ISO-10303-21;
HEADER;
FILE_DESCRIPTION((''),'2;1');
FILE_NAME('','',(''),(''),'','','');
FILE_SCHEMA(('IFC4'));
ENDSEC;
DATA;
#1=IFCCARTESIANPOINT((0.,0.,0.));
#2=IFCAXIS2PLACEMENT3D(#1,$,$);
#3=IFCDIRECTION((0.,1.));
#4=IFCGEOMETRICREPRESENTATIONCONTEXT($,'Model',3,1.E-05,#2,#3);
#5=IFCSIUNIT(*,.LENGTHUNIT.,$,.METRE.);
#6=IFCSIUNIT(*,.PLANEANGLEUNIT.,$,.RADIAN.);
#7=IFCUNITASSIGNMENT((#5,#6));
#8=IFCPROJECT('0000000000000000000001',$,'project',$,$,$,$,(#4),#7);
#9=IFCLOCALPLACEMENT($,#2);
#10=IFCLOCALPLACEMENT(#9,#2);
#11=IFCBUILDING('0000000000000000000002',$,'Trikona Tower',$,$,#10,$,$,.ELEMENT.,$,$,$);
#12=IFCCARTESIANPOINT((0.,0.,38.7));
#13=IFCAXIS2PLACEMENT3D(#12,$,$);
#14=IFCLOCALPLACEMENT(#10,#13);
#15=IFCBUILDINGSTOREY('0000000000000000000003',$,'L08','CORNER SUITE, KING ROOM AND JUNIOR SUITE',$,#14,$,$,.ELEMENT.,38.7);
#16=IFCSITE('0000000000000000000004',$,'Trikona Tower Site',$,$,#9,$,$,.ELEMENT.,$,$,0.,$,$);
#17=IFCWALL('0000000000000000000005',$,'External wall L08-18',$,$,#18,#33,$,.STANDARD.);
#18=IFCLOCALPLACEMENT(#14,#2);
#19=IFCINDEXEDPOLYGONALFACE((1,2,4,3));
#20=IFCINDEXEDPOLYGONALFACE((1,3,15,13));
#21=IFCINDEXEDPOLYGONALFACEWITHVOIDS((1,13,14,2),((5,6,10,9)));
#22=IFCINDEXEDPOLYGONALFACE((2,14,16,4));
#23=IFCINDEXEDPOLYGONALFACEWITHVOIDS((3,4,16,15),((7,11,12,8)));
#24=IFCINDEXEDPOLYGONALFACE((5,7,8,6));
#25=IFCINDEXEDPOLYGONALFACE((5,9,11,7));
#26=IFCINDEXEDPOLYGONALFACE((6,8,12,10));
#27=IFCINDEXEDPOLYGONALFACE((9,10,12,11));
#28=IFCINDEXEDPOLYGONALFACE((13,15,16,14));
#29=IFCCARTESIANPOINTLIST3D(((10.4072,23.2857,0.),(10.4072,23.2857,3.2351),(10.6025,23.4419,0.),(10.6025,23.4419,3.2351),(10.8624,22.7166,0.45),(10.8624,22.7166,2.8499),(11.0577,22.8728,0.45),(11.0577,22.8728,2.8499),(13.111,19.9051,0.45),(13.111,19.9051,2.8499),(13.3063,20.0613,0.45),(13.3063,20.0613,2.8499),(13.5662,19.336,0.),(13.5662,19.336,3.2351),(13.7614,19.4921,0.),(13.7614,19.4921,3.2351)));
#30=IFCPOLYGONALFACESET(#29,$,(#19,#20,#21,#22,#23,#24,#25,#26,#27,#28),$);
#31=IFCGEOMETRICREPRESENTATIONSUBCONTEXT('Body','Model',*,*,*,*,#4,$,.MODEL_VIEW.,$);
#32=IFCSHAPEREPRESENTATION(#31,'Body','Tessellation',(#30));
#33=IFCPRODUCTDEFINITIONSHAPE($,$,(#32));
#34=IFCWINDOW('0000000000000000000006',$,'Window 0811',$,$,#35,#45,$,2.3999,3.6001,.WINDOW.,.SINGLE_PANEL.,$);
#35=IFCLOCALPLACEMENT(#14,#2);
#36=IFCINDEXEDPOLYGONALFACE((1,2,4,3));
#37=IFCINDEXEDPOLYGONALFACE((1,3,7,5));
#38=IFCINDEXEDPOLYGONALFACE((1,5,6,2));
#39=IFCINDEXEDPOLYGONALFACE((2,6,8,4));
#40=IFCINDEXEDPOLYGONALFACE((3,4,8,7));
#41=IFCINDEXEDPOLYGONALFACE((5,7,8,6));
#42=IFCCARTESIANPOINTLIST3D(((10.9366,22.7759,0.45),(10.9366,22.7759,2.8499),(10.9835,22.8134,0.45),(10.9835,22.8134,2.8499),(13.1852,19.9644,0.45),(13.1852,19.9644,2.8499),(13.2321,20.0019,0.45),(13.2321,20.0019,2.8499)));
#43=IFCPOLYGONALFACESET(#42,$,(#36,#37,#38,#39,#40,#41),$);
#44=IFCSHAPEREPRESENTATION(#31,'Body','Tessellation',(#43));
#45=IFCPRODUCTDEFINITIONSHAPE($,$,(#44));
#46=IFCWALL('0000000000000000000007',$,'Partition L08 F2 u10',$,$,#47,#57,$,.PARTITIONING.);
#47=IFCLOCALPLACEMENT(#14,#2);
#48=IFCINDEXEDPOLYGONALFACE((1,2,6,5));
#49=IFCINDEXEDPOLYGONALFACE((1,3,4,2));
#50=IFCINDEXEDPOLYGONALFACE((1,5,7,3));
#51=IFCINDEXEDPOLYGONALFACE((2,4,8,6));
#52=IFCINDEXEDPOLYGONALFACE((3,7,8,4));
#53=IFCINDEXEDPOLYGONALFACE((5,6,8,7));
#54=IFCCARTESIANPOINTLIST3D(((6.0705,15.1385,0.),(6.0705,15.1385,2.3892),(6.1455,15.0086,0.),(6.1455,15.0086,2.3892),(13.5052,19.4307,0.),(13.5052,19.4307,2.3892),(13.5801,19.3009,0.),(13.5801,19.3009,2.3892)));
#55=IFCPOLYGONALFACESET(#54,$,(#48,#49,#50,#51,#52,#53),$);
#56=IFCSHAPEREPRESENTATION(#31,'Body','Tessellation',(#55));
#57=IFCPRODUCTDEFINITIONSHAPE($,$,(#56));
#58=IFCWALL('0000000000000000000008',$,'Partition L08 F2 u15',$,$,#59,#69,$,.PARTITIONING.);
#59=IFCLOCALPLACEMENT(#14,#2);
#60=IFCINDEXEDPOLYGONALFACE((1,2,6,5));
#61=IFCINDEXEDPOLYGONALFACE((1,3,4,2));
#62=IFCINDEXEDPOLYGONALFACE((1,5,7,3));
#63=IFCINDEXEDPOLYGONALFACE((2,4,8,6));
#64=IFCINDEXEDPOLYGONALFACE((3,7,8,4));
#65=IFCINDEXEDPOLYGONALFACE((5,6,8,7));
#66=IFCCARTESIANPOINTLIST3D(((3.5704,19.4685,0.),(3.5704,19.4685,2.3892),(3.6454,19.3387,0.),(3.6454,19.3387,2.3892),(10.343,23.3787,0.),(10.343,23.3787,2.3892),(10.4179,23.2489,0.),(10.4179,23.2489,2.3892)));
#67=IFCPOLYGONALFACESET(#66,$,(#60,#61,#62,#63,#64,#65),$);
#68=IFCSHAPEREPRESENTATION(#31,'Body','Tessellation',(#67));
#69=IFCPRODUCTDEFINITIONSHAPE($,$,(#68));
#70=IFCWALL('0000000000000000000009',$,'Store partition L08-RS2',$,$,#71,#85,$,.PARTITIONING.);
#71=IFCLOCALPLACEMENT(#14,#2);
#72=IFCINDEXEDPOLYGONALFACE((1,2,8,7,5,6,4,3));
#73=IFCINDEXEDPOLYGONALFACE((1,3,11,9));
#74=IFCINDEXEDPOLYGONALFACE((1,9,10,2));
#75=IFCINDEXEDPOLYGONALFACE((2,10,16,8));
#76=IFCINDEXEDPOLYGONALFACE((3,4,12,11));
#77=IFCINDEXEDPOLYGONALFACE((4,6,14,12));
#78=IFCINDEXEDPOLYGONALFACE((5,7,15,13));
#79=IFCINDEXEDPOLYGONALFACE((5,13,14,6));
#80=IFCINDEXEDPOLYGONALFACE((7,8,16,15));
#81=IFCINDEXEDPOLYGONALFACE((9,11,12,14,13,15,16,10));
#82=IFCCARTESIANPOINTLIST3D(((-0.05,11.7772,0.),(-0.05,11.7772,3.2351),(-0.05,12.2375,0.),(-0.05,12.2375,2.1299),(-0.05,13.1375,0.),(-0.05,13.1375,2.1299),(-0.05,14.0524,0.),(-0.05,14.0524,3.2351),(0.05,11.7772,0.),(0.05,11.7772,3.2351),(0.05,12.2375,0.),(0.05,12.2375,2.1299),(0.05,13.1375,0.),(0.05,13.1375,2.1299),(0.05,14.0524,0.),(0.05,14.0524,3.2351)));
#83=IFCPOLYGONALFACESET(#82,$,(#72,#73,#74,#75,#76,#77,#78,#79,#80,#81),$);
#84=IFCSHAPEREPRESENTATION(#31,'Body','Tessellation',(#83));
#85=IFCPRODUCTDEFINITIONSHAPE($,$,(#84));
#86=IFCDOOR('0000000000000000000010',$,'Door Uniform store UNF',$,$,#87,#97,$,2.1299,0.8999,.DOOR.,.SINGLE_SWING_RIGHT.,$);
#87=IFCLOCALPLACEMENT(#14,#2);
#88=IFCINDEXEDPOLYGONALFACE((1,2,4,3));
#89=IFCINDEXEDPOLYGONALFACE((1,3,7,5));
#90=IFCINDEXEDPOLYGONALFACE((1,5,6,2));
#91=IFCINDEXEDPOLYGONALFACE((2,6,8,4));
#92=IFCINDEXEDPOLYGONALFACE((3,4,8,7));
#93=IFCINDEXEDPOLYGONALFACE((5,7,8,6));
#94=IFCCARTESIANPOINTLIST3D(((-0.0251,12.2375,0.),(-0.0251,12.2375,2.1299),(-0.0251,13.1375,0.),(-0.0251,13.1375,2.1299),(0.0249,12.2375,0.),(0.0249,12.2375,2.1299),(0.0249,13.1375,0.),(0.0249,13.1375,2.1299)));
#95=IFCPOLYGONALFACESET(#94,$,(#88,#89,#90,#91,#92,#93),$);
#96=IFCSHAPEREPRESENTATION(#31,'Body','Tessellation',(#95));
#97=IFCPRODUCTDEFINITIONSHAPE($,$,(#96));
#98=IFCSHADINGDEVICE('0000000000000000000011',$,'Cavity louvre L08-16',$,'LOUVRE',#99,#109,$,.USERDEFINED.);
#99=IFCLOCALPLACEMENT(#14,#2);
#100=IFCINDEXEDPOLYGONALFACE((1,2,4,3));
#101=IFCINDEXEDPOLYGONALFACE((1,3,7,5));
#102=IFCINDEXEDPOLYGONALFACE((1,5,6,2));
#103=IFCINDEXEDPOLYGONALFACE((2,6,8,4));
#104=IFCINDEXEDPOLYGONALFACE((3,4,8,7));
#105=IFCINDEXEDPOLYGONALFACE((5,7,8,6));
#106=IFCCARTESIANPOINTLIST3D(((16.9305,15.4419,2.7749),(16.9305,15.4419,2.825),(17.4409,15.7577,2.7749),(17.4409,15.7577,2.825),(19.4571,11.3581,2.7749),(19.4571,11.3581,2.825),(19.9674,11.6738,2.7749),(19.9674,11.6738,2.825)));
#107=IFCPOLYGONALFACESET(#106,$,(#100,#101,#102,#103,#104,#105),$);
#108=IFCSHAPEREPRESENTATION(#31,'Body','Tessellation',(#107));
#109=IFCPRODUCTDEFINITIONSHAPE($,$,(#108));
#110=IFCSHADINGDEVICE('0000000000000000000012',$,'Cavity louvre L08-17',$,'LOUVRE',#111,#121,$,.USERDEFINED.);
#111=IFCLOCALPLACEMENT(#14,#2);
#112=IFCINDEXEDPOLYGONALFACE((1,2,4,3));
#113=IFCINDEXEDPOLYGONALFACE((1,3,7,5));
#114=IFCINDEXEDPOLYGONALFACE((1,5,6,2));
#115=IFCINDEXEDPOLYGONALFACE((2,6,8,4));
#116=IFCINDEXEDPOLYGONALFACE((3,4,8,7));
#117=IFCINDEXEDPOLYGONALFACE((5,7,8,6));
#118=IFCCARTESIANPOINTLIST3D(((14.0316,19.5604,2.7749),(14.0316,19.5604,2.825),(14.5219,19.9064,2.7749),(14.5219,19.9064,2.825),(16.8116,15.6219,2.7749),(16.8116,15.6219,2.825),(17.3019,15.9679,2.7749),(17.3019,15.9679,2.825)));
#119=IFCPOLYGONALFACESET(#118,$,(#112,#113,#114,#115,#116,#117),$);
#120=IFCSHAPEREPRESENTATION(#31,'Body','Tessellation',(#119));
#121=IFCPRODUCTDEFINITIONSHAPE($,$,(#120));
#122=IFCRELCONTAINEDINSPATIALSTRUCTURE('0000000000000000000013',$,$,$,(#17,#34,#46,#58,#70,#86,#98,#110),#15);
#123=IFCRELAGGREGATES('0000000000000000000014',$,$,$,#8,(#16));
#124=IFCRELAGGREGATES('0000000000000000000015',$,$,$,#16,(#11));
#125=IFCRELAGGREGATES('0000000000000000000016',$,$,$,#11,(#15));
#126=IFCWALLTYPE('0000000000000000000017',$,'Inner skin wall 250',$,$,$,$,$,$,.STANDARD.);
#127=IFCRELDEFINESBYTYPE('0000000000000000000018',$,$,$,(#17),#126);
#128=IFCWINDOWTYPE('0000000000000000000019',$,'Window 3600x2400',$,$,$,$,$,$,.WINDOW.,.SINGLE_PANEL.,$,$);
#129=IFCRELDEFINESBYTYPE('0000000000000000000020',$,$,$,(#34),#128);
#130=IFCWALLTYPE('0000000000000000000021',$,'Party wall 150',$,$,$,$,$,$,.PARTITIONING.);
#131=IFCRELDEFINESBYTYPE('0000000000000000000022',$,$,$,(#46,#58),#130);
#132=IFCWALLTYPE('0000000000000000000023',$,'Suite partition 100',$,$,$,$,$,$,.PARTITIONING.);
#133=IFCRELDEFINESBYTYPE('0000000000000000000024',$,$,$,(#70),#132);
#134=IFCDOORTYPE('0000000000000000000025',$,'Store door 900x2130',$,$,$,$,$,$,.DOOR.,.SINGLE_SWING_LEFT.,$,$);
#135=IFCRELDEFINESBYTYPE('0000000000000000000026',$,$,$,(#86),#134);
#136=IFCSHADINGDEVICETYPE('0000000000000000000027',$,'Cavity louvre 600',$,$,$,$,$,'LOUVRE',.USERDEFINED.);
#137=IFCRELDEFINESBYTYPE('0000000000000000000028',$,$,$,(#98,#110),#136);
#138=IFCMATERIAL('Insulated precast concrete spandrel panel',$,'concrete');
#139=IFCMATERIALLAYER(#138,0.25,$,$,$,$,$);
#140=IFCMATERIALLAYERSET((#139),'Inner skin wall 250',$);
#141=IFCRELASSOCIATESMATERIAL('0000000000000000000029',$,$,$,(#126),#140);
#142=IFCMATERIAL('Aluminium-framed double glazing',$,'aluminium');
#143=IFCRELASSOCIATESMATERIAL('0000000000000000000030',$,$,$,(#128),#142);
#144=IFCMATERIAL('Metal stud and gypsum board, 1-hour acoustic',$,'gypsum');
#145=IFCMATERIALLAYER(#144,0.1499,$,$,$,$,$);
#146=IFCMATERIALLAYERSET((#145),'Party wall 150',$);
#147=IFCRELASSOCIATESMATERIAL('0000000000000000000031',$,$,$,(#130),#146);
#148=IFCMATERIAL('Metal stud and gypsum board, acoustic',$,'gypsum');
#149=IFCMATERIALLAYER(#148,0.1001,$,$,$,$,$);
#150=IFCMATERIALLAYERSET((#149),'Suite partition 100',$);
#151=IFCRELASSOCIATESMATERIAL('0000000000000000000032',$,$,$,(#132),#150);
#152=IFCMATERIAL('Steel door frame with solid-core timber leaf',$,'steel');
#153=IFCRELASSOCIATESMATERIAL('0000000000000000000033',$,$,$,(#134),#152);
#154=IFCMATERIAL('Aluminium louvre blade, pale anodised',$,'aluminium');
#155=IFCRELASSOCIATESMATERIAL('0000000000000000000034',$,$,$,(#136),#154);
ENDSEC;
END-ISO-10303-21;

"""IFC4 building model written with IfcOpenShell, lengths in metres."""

from ifc_helpers import new_model, si_unit, direction, frame, frame_2d, origin, origin_2d, place, context, subcontext, project, spatial, rectangle, extrude, material, layer, layer_set, type_object, element, fill, save


model = new_model("IFC4")

# Units and contexts
model_context = context("Model", 3, precision=1e-05, world=origin(), true_north=direction((0.0, 1.0)))
body_context = subcontext(model_context, "Body", "Model", "MODEL_VIEW")
ifc_project = project(units=[si_unit("LENGTHUNIT", "METRE"), si_unit("PLANEANGLEUNIT", "RADIAN")], contexts=[model_context])

# Site, building, storey
site_placement = place(None, origin())
site = spatial("IfcSite", under=ifc_project, at=site_placement, Name="Trikona Tower Site", CompositionType="ELEMENT", RefElevation=0.0)
building_placement = place(site_placement, origin())
building = spatial("IfcBuilding", under=site, at=building_placement, Name="Trikona Tower", CompositionType="ELEMENT")
storey_placement = place(building_placement, frame((0.0, 0.0, 38.7)))
storey = spatial("IfcBuildingStorey", under=building, at=storey_placement, Name="L08", Description="CORNER SUITE, KING ROOM AND JUNIOR SUITE", CompositionType="ELEMENT", Elevation=38.7)

# Wall, opening, window
ifc_material_1 = material(Name="Insulated precast concrete spandrel panel", Category="concrete")
ifc_layer_1 = layer(ifc_material_1, 0.25)
ifc_layer_set_1 = layer_set([ifc_layer_1], Name="Inner skin wall 250")
wall_type_1 = type_object("IfcWallType", Name="Inner skin wall 250", PredefinedType="STANDARD", material=ifc_layer_set_1)
ifc_material_2 = material(Name="Aluminium-framed double glazing", Category="aluminium")
window_type = type_object("IfcWindowType", Name="Window 3600x2400", PartitioningType="SINGLE_PANEL", PredefinedType="WINDOW", material=ifc_material_2)
wall_1_placement = place(storey_placement, frame((13.6638, 19.4141, 0.0), z_axis=(0.0, 0.0, 1.0), x_axis=(-0.624595, 0.780949, 0.0)))
wall_1 = element("IfcWall", 1, at=wall_1_placement, inside=storey, type_object=wall_type_1, Name="External wall L08-18", PredefinedType="STANDARD", context=body_context, shape_type="SweptSolid", body=[
    extrude(rectangle(XDim=5.0576, YDim=0.25, at=frame_2d((2.5288, 0.0))), origin(), (0.0, 0.0, 1.0), 3.2351),
])
opening_1_placement = place(wall_1_placement, frame((0.7288, 0.0, 0.45)))
opening_1 = element("IfcOpeningElement", 2, at=opening_1_placement, cuts=wall_1, PredefinedType="OPENING", context=body_context, shape_type="SweptSolid", body=[
    extrude(rectangle(XDim=3.6001, YDim=2.3999, at=frame_2d((1.8, 1.2))), frame((0.0, 0.135, 0.0), z_axis=(0.0, -1.0, 0.0), x_axis=(1.0, 0.0, 0.0)), (0.0, 0.0, 1.0), 0.27),
])
window_1_placement = place(opening_1_placement, origin())
window_1 = element("IfcWindow", 3, at=window_1_placement, inside=storey, type_object=window_type, Name="Window 0811", OverallHeight=2.3999, OverallWidth=3.6001, PartitioningType="SINGLE_PANEL", PredefinedType="WINDOW", context=body_context, shape_type="SweptSolid", body=[
    extrude(rectangle(XDim=3.6001, YDim=2.3999, at=frame_2d((1.8, 1.2))), frame((0.0, 0.03, 0.0), z_axis=(0.0, -1.0, 0.0), x_axis=(1.0, 0.0, 0.0)), (0.0, 0.0, 1.0), 0.0601),
])
fill(opening_1, window_1)

# Walls
ifc_material_3 = material(Name="Metal stud and gypsum board, 1-hour acoustic", Category="gypsum")
ifc_layer_2 = layer(ifc_material_3, 0.1499)
ifc_layer_set_2 = layer_set([ifc_layer_2], Name="Party wall 150")
wall_type_2 = type_object("IfcWallType", Name="Party wall 150", PredefinedType="PARTITIONING", material=ifc_layer_set_2)
wall_2_placement = place(storey_placement, frame((6.1079, 15.0735, 0.0), z_axis=(0.0, 0.0, 1.0), x_axis=(0.866031, 0.49999, 0.0)))
element("IfcWall", 4, at=wall_2_placement, inside=storey, type_object=wall_type_2, Name="Partition L08 F2 u10", PredefinedType="PARTITIONING", context=body_context, shape_type="SweptSolid", body=[
    extrude(rectangle(XDim=8.5847, YDim=0.1499, at=frame_2d((4.2925, 0.0))), origin(), (0.0, 0.0, 1.0), 2.3892),
])
wall_3_placement = place(storey_placement, frame((3.6079, 19.4036, 0.0), z_axis=(0.0, 0.0, 1.0), x_axis=(0.866021, 0.500007, 0.0)))
element("IfcWall", 5, at=wall_3_placement, inside=storey, type_object=wall_type_2, Name="Partition L08 F2 u15", PredefinedType="PARTITIONING", context=body_context, shape_type="SweptSolid", body=[
    extrude(rectangle(XDim=7.8203, YDim=0.1499, at=frame_2d((3.9102, 0.0))), origin(), (0.0, 0.0, 1.0), 2.3892),
])

# Wall, opening, door
ifc_material_4 = material(Name="Metal stud and gypsum board, acoustic", Category="gypsum")
ifc_layer_3 = layer(ifc_material_4, 0.1001)
ifc_layer_set_3 = layer_set([ifc_layer_3], Name="Suite partition 100")
wall_type_3 = type_object("IfcWallType", Name="Suite partition 100", PredefinedType="PARTITIONING", material=ifc_layer_set_3)
wall_4_placement = place(storey_placement, frame((0.0, 14.0525, 0.0), z_axis=(0.0, 0.0, 1.0), x_axis=(0.0, -1.0, 0.0)))
wall_4 = element("IfcWall", 6, at=wall_4_placement, inside=storey, type_object=wall_type_3, Name="Store partition L08-RS2", PredefinedType="PARTITIONING", context=body_context, shape_type="SweptSolid", body=[
    extrude(rectangle(XDim=2.2751, YDim=0.1001, at=frame_2d((1.1377, 0.0))), origin(), (0.0, 0.0, 1.0), 3.2351),
])
opening_2_placement = place(wall_4_placement, frame((0.915, 0.0, 0.0)))
opening_2 = element("IfcOpeningElement", 7, at=opening_2_placement, cuts=wall_4, PredefinedType="OPENING", context=body_context, shape_type="SweptSolid", body=[
    extrude(rectangle(XDim=0.8999, YDim=2.1299, at=frame_2d((0.45, 1.0649))), frame((0.0, 0.0601, 0.0), z_axis=(0.0, -1.0, 0.0), x_axis=(1.0, 0.0, 0.0)), (0.0, 0.0, 1.0), 0.1201),
])
ifc_material_5 = material(Name="Steel door frame with solid-core timber leaf", Category="steel")
door_type_1 = type_object("IfcDoorType", Name="Store door 900x2130", OperationType="SINGLE_SWING_LEFT", PredefinedType="DOOR", material=ifc_material_5)
door_1_placement = place(opening_2_placement, origin())
door_1 = element("IfcDoor", 8, at=door_1_placement, inside=storey, type_object=door_type_1, Name="Door Uniform store UNF", OperationType="SINGLE_SWING_RIGHT", OverallHeight=2.1299, OverallWidth=0.8999, PredefinedType="DOOR", context=body_context, shape_type="SweptSolid", body=[
    extrude(rectangle(XDim=0.8999, YDim=2.1299, at=frame_2d((0.45, 1.0649))), frame((0.0, 0.0249, 0.0), z_axis=(0.0, -1.0, 0.0), x_axis=(1.0, 0.0, 0.0)), (0.0, 0.0, 1.0), 0.05),
])
fill(opening_2, door_1)

# Shading devices
ifc_material_6 = material(Name="Aluminium louvre blade, pale anodised", Category="aluminium")
shading_device_type = type_object("IfcShadingDeviceType", Name="Cavity louvre 600", ElementType="LOUVRE", PredefinedType="USERDEFINED", material=ifc_material_6)
shading_device_1_placement = place(storey_placement, frame((18.449, 13.5579, 2.7749), z_axis=(0.0, 0.0, 1.0), x_axis=(-0.526119, 0.850411, 0.0)))
element("IfcShadingDevice", 9, at=shading_device_1_placement, inside=storey, type_object=shading_device_type, Name="Cavity louvre L08-16", ObjectType="LOUVRE", PredefinedType="USERDEFINED", context=body_context, shape_type="SweptSolid", body=[
    extrude(rectangle(XDim=4.8022, YDim=0.6001, at=origin_2d()), origin(), (0.0, 0.0, 1.0), 0.05),
])
shading_device_2_placement = place(storey_placement, frame((15.6667, 17.7642, 2.7749), z_axis=(0.0, 0.0, 1.0), x_axis=(-0.576662, 0.816983, 0.0)))
element("IfcShadingDevice", 10, at=shading_device_2_placement, inside=storey, type_object=shading_device_type, Name="Cavity louvre L08-17", ObjectType="LOUVRE", PredefinedType="USERDEFINED", context=body_context, shape_type="SweptSolid", body=[
    extrude(rectangle(XDim=4.8208, YDim=0.6001, at=origin_2d()), origin(), (0.0, 0.0, 1.0), 0.05),
])

save(model, "model.ifc")
